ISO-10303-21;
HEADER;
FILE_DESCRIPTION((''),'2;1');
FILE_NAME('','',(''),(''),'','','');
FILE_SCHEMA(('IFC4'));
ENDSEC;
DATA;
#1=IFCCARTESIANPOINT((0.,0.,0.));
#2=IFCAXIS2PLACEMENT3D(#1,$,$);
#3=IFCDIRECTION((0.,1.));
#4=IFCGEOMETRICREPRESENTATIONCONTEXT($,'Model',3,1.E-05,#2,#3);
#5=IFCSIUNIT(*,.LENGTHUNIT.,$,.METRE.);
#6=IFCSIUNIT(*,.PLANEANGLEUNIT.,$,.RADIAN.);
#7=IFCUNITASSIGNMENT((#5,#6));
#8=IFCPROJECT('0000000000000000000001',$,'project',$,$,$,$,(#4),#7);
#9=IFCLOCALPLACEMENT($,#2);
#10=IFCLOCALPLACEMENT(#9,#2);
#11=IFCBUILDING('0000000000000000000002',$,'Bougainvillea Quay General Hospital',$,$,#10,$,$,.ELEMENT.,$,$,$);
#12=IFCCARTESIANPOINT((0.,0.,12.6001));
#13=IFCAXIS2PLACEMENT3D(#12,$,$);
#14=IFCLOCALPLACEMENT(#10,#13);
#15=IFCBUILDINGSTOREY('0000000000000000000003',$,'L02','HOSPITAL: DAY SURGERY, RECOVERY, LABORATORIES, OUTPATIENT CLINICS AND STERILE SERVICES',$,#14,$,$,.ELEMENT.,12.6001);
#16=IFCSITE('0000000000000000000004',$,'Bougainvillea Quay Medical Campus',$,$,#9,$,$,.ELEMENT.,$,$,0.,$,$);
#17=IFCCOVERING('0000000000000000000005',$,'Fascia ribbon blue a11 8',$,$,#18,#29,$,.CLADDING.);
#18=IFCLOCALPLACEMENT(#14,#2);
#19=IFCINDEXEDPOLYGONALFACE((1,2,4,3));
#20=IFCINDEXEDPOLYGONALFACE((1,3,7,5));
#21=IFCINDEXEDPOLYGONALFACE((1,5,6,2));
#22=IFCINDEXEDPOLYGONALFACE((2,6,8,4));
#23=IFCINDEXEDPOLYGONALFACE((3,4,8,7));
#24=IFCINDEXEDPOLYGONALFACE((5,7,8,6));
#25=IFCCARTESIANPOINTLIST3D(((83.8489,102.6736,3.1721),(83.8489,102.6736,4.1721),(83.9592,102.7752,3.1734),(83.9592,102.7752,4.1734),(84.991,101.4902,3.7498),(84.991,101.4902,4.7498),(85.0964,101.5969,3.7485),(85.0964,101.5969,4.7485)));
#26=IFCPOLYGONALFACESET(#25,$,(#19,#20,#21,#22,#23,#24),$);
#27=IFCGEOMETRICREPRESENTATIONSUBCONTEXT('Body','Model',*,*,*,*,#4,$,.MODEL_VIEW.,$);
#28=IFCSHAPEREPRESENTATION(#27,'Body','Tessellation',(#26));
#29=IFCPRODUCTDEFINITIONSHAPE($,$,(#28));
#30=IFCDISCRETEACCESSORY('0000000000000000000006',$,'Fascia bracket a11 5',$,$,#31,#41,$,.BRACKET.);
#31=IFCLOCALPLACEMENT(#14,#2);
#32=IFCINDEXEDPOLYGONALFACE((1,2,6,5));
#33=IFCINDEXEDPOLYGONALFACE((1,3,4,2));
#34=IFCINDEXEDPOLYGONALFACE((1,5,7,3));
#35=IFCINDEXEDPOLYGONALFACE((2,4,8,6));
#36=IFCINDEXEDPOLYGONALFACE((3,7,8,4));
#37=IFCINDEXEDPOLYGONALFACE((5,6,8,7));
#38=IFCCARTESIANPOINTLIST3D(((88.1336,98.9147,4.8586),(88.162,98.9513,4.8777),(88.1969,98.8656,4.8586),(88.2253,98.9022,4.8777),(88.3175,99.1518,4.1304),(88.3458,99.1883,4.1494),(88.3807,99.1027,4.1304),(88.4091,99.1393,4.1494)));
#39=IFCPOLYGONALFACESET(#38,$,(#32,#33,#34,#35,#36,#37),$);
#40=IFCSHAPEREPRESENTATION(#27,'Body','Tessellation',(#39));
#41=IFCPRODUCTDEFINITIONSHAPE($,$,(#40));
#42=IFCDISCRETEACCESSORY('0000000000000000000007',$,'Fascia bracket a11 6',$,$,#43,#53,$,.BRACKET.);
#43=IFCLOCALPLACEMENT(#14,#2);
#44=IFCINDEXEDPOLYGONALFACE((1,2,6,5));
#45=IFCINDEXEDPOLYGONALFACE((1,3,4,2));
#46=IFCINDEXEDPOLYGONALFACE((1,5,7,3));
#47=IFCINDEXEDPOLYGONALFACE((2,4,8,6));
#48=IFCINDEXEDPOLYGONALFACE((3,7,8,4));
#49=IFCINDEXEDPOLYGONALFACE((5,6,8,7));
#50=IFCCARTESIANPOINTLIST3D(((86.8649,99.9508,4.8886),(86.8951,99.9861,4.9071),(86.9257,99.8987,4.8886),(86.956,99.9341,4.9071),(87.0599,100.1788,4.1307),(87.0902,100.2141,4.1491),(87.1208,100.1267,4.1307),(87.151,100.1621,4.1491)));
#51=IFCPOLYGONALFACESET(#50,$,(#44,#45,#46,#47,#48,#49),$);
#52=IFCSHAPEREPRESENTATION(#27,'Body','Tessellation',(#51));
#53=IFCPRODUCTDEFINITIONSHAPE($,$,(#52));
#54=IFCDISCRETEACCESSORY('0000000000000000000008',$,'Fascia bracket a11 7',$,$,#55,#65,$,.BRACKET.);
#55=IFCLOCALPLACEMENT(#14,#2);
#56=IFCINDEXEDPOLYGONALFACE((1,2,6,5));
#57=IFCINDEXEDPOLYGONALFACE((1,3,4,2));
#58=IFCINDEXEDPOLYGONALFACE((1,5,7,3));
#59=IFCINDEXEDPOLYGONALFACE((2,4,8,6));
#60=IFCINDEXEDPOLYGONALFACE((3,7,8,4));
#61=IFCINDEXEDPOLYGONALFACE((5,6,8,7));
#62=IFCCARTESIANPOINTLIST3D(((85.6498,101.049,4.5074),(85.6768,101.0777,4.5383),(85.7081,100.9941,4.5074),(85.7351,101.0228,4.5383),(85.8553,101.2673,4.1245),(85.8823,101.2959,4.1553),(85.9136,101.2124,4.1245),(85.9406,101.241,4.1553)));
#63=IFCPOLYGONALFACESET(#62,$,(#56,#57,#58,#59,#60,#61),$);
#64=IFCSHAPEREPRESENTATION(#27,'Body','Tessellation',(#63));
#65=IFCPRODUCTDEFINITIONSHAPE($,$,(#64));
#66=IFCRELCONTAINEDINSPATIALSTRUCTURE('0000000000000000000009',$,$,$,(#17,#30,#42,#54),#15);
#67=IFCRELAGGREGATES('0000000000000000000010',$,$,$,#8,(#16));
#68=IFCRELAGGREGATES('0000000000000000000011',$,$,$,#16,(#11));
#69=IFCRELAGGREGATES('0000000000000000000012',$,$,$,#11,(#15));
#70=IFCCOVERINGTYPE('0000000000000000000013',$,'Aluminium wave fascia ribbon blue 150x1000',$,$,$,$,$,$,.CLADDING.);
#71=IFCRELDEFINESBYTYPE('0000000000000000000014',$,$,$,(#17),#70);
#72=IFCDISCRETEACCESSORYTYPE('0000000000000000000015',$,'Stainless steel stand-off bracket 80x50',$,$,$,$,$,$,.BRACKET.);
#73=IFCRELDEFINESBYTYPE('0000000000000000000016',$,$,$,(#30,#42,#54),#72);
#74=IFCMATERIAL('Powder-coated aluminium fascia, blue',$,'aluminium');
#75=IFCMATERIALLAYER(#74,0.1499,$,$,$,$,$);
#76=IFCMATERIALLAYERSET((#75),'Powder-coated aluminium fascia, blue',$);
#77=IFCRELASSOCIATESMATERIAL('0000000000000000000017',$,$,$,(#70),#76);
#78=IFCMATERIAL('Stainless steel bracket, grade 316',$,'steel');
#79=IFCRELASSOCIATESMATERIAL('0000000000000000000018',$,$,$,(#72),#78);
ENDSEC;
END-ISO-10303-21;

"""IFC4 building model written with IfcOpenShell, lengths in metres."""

from ifc_helpers import new_model, si_unit, direction, frame, origin, origin_2d, place, context, subcontext, project, spatial, polyline, rectangle, outline, extrude, material, layer, layer_set, material_profile, profile_set, type_object, element, save


model = new_model("IFC4")

# Units and contexts
model_context = context("Model", 3, precision=1e-05, world=origin(), true_north=direction((0.0, 1.0)))
body_context = subcontext(model_context, "Body", "Model", "MODEL_VIEW")
ifc_project = project(units=[si_unit("LENGTHUNIT", "METRE"), si_unit("PLANEANGLEUNIT", "RADIAN")], contexts=[model_context])

# Site, building, storey
site_placement = place(None, origin())
site = spatial("IfcSite", under=ifc_project, at=site_placement, Name="Bougainvillea Quay Medical Campus", CompositionType="ELEMENT", RefElevation=0.0)
building_placement = place(site_placement, origin())
building = spatial("IfcBuilding", under=site, at=building_placement, Name="Bougainvillea Quay General Hospital", CompositionType="ELEMENT")
storey_placement = place(building_placement, frame((0.0, 0.0, 12.6001)))
storey = spatial("IfcBuildingStorey", under=building, at=storey_placement, Name="L02", Description="HOSPITAL: DAY SURGERY, RECOVERY, LABORATORIES, OUTPATIENT CLINICS AND STERILE SERVICES", CompositionType="ELEMENT", Elevation=12.6001)

# Covering
ifc_material_1 = material(Name="Powder-coated aluminium fascia, blue", Category="aluminium")
ifc_layer_1 = layer(ifc_material_1, 0.1499)
ifc_layer_set_1 = layer_set([ifc_layer_1], Name="Powder-coated aluminium fascia, blue")
covering_type = type_object("IfcCoveringType", Name="Aluminium wave fascia ribbon blue 150x1000", PredefinedType="CLADDING", material=ifc_layer_set_1)
covering_1_placement = place(storey_placement, frame((85.0964, 101.5969, 3.7485), z_axis=(-0.230116, 0.238479, 0.943491), x_axis=(-0.655228, 0.67886, -0.331399)))
element("IfcCovering", 1, at=covering_1_placement, inside=storey, type_object=covering_type, Name="Fascia ribbon blue a11 8", PredefinedType="CLADDING", context=body_context, shape_type="SweptSolid", body=[
    extrude(outline(polyline([(0.0, 0.0), (1.7356, 0.0), (1.7394, 0.1499), (-0.0037, 0.15), (0.0, 0.0)])), origin(), (-0.331399, 0.000042, 0.943491), 1.0),
])

# Discrete accessories
ifc_material_2 = material(Name="Stainless steel bracket, grade 316", Category="steel")
ifc_material_profile_1 = material_profile(ifc_material_2, rectangle(XDim=0.0801, YDim=0.05, at=origin_2d()))
ifc_profile_set_1 = profile_set([ifc_material_profile_1], Name="Stainless steel bracket, grade 316")
discrete_accessory_type = type_object("IfcDiscreteAccessoryType", Name="Stainless steel stand-off bracket 80x50", PredefinedType="BRACKET", material=ifc_profile_set_1)
discrete_accessory_1_placement = place(storey_placement, frame((88.3633, 99.1455, 4.1399), z_axis=(-0.233404, -0.300977, 0.924627), x_axis=(0.790228, -0.612813, 0.0)))
element("IfcDiscreteAccessory", 2, at=discrete_accessory_1_placement, inside=storey, type_object=discrete_accessory_type, Name="Fascia bracket a11 5", PredefinedType="BRACKET", context=body_context, shape_type="SweptSolid", body=[
    extrude(rectangle(XDim=0.0801, YDim=0.05, at=origin_2d()), origin(), (0.0, 0.0, 1.0), 0.7876),
])
discrete_accessory_2_placement = place(storey_placement, frame((87.1055, 100.1704, 4.1399), z_axis=(-0.239263, -0.279689, 0.9298), x_axis=(0.759888, -0.650054, 0.0)))
element("IfcDiscreteAccessory", 3, at=discrete_accessory_2_placement, inside=storey, type_object=discrete_accessory_type, Name="Fascia bracket a11 6", PredefinedType="BRACKET", context=body_context, shape_type="SweptSolid", body=[
    extrude(rectangle(XDim=0.0801, YDim=0.05, at=origin_2d()), origin(), (0.0, 0.0, 1.0), 0.8152),
])
discrete_accessory_3_placement = place(storey_placement, frame((85.8979, 101.2542, 4.1399), z_axis=(-0.42259, -0.448688, 0.787462), x_axis=(0.727961, -0.685619, 0.0)))
element("IfcDiscreteAccessory", 4, at=discrete_accessory_3_placement, inside=storey, type_object=discrete_accessory_type, Name="Fascia bracket a11 7", PredefinedType="BRACKET", context=body_context, shape_type="SweptSolid", body=[
    extrude(rectangle(XDim=0.0801, YDim=0.05, at=origin_2d()), origin(), (0.0, 0.0, 1.0), 0.4863),
])

save(model, "model.ifc")
